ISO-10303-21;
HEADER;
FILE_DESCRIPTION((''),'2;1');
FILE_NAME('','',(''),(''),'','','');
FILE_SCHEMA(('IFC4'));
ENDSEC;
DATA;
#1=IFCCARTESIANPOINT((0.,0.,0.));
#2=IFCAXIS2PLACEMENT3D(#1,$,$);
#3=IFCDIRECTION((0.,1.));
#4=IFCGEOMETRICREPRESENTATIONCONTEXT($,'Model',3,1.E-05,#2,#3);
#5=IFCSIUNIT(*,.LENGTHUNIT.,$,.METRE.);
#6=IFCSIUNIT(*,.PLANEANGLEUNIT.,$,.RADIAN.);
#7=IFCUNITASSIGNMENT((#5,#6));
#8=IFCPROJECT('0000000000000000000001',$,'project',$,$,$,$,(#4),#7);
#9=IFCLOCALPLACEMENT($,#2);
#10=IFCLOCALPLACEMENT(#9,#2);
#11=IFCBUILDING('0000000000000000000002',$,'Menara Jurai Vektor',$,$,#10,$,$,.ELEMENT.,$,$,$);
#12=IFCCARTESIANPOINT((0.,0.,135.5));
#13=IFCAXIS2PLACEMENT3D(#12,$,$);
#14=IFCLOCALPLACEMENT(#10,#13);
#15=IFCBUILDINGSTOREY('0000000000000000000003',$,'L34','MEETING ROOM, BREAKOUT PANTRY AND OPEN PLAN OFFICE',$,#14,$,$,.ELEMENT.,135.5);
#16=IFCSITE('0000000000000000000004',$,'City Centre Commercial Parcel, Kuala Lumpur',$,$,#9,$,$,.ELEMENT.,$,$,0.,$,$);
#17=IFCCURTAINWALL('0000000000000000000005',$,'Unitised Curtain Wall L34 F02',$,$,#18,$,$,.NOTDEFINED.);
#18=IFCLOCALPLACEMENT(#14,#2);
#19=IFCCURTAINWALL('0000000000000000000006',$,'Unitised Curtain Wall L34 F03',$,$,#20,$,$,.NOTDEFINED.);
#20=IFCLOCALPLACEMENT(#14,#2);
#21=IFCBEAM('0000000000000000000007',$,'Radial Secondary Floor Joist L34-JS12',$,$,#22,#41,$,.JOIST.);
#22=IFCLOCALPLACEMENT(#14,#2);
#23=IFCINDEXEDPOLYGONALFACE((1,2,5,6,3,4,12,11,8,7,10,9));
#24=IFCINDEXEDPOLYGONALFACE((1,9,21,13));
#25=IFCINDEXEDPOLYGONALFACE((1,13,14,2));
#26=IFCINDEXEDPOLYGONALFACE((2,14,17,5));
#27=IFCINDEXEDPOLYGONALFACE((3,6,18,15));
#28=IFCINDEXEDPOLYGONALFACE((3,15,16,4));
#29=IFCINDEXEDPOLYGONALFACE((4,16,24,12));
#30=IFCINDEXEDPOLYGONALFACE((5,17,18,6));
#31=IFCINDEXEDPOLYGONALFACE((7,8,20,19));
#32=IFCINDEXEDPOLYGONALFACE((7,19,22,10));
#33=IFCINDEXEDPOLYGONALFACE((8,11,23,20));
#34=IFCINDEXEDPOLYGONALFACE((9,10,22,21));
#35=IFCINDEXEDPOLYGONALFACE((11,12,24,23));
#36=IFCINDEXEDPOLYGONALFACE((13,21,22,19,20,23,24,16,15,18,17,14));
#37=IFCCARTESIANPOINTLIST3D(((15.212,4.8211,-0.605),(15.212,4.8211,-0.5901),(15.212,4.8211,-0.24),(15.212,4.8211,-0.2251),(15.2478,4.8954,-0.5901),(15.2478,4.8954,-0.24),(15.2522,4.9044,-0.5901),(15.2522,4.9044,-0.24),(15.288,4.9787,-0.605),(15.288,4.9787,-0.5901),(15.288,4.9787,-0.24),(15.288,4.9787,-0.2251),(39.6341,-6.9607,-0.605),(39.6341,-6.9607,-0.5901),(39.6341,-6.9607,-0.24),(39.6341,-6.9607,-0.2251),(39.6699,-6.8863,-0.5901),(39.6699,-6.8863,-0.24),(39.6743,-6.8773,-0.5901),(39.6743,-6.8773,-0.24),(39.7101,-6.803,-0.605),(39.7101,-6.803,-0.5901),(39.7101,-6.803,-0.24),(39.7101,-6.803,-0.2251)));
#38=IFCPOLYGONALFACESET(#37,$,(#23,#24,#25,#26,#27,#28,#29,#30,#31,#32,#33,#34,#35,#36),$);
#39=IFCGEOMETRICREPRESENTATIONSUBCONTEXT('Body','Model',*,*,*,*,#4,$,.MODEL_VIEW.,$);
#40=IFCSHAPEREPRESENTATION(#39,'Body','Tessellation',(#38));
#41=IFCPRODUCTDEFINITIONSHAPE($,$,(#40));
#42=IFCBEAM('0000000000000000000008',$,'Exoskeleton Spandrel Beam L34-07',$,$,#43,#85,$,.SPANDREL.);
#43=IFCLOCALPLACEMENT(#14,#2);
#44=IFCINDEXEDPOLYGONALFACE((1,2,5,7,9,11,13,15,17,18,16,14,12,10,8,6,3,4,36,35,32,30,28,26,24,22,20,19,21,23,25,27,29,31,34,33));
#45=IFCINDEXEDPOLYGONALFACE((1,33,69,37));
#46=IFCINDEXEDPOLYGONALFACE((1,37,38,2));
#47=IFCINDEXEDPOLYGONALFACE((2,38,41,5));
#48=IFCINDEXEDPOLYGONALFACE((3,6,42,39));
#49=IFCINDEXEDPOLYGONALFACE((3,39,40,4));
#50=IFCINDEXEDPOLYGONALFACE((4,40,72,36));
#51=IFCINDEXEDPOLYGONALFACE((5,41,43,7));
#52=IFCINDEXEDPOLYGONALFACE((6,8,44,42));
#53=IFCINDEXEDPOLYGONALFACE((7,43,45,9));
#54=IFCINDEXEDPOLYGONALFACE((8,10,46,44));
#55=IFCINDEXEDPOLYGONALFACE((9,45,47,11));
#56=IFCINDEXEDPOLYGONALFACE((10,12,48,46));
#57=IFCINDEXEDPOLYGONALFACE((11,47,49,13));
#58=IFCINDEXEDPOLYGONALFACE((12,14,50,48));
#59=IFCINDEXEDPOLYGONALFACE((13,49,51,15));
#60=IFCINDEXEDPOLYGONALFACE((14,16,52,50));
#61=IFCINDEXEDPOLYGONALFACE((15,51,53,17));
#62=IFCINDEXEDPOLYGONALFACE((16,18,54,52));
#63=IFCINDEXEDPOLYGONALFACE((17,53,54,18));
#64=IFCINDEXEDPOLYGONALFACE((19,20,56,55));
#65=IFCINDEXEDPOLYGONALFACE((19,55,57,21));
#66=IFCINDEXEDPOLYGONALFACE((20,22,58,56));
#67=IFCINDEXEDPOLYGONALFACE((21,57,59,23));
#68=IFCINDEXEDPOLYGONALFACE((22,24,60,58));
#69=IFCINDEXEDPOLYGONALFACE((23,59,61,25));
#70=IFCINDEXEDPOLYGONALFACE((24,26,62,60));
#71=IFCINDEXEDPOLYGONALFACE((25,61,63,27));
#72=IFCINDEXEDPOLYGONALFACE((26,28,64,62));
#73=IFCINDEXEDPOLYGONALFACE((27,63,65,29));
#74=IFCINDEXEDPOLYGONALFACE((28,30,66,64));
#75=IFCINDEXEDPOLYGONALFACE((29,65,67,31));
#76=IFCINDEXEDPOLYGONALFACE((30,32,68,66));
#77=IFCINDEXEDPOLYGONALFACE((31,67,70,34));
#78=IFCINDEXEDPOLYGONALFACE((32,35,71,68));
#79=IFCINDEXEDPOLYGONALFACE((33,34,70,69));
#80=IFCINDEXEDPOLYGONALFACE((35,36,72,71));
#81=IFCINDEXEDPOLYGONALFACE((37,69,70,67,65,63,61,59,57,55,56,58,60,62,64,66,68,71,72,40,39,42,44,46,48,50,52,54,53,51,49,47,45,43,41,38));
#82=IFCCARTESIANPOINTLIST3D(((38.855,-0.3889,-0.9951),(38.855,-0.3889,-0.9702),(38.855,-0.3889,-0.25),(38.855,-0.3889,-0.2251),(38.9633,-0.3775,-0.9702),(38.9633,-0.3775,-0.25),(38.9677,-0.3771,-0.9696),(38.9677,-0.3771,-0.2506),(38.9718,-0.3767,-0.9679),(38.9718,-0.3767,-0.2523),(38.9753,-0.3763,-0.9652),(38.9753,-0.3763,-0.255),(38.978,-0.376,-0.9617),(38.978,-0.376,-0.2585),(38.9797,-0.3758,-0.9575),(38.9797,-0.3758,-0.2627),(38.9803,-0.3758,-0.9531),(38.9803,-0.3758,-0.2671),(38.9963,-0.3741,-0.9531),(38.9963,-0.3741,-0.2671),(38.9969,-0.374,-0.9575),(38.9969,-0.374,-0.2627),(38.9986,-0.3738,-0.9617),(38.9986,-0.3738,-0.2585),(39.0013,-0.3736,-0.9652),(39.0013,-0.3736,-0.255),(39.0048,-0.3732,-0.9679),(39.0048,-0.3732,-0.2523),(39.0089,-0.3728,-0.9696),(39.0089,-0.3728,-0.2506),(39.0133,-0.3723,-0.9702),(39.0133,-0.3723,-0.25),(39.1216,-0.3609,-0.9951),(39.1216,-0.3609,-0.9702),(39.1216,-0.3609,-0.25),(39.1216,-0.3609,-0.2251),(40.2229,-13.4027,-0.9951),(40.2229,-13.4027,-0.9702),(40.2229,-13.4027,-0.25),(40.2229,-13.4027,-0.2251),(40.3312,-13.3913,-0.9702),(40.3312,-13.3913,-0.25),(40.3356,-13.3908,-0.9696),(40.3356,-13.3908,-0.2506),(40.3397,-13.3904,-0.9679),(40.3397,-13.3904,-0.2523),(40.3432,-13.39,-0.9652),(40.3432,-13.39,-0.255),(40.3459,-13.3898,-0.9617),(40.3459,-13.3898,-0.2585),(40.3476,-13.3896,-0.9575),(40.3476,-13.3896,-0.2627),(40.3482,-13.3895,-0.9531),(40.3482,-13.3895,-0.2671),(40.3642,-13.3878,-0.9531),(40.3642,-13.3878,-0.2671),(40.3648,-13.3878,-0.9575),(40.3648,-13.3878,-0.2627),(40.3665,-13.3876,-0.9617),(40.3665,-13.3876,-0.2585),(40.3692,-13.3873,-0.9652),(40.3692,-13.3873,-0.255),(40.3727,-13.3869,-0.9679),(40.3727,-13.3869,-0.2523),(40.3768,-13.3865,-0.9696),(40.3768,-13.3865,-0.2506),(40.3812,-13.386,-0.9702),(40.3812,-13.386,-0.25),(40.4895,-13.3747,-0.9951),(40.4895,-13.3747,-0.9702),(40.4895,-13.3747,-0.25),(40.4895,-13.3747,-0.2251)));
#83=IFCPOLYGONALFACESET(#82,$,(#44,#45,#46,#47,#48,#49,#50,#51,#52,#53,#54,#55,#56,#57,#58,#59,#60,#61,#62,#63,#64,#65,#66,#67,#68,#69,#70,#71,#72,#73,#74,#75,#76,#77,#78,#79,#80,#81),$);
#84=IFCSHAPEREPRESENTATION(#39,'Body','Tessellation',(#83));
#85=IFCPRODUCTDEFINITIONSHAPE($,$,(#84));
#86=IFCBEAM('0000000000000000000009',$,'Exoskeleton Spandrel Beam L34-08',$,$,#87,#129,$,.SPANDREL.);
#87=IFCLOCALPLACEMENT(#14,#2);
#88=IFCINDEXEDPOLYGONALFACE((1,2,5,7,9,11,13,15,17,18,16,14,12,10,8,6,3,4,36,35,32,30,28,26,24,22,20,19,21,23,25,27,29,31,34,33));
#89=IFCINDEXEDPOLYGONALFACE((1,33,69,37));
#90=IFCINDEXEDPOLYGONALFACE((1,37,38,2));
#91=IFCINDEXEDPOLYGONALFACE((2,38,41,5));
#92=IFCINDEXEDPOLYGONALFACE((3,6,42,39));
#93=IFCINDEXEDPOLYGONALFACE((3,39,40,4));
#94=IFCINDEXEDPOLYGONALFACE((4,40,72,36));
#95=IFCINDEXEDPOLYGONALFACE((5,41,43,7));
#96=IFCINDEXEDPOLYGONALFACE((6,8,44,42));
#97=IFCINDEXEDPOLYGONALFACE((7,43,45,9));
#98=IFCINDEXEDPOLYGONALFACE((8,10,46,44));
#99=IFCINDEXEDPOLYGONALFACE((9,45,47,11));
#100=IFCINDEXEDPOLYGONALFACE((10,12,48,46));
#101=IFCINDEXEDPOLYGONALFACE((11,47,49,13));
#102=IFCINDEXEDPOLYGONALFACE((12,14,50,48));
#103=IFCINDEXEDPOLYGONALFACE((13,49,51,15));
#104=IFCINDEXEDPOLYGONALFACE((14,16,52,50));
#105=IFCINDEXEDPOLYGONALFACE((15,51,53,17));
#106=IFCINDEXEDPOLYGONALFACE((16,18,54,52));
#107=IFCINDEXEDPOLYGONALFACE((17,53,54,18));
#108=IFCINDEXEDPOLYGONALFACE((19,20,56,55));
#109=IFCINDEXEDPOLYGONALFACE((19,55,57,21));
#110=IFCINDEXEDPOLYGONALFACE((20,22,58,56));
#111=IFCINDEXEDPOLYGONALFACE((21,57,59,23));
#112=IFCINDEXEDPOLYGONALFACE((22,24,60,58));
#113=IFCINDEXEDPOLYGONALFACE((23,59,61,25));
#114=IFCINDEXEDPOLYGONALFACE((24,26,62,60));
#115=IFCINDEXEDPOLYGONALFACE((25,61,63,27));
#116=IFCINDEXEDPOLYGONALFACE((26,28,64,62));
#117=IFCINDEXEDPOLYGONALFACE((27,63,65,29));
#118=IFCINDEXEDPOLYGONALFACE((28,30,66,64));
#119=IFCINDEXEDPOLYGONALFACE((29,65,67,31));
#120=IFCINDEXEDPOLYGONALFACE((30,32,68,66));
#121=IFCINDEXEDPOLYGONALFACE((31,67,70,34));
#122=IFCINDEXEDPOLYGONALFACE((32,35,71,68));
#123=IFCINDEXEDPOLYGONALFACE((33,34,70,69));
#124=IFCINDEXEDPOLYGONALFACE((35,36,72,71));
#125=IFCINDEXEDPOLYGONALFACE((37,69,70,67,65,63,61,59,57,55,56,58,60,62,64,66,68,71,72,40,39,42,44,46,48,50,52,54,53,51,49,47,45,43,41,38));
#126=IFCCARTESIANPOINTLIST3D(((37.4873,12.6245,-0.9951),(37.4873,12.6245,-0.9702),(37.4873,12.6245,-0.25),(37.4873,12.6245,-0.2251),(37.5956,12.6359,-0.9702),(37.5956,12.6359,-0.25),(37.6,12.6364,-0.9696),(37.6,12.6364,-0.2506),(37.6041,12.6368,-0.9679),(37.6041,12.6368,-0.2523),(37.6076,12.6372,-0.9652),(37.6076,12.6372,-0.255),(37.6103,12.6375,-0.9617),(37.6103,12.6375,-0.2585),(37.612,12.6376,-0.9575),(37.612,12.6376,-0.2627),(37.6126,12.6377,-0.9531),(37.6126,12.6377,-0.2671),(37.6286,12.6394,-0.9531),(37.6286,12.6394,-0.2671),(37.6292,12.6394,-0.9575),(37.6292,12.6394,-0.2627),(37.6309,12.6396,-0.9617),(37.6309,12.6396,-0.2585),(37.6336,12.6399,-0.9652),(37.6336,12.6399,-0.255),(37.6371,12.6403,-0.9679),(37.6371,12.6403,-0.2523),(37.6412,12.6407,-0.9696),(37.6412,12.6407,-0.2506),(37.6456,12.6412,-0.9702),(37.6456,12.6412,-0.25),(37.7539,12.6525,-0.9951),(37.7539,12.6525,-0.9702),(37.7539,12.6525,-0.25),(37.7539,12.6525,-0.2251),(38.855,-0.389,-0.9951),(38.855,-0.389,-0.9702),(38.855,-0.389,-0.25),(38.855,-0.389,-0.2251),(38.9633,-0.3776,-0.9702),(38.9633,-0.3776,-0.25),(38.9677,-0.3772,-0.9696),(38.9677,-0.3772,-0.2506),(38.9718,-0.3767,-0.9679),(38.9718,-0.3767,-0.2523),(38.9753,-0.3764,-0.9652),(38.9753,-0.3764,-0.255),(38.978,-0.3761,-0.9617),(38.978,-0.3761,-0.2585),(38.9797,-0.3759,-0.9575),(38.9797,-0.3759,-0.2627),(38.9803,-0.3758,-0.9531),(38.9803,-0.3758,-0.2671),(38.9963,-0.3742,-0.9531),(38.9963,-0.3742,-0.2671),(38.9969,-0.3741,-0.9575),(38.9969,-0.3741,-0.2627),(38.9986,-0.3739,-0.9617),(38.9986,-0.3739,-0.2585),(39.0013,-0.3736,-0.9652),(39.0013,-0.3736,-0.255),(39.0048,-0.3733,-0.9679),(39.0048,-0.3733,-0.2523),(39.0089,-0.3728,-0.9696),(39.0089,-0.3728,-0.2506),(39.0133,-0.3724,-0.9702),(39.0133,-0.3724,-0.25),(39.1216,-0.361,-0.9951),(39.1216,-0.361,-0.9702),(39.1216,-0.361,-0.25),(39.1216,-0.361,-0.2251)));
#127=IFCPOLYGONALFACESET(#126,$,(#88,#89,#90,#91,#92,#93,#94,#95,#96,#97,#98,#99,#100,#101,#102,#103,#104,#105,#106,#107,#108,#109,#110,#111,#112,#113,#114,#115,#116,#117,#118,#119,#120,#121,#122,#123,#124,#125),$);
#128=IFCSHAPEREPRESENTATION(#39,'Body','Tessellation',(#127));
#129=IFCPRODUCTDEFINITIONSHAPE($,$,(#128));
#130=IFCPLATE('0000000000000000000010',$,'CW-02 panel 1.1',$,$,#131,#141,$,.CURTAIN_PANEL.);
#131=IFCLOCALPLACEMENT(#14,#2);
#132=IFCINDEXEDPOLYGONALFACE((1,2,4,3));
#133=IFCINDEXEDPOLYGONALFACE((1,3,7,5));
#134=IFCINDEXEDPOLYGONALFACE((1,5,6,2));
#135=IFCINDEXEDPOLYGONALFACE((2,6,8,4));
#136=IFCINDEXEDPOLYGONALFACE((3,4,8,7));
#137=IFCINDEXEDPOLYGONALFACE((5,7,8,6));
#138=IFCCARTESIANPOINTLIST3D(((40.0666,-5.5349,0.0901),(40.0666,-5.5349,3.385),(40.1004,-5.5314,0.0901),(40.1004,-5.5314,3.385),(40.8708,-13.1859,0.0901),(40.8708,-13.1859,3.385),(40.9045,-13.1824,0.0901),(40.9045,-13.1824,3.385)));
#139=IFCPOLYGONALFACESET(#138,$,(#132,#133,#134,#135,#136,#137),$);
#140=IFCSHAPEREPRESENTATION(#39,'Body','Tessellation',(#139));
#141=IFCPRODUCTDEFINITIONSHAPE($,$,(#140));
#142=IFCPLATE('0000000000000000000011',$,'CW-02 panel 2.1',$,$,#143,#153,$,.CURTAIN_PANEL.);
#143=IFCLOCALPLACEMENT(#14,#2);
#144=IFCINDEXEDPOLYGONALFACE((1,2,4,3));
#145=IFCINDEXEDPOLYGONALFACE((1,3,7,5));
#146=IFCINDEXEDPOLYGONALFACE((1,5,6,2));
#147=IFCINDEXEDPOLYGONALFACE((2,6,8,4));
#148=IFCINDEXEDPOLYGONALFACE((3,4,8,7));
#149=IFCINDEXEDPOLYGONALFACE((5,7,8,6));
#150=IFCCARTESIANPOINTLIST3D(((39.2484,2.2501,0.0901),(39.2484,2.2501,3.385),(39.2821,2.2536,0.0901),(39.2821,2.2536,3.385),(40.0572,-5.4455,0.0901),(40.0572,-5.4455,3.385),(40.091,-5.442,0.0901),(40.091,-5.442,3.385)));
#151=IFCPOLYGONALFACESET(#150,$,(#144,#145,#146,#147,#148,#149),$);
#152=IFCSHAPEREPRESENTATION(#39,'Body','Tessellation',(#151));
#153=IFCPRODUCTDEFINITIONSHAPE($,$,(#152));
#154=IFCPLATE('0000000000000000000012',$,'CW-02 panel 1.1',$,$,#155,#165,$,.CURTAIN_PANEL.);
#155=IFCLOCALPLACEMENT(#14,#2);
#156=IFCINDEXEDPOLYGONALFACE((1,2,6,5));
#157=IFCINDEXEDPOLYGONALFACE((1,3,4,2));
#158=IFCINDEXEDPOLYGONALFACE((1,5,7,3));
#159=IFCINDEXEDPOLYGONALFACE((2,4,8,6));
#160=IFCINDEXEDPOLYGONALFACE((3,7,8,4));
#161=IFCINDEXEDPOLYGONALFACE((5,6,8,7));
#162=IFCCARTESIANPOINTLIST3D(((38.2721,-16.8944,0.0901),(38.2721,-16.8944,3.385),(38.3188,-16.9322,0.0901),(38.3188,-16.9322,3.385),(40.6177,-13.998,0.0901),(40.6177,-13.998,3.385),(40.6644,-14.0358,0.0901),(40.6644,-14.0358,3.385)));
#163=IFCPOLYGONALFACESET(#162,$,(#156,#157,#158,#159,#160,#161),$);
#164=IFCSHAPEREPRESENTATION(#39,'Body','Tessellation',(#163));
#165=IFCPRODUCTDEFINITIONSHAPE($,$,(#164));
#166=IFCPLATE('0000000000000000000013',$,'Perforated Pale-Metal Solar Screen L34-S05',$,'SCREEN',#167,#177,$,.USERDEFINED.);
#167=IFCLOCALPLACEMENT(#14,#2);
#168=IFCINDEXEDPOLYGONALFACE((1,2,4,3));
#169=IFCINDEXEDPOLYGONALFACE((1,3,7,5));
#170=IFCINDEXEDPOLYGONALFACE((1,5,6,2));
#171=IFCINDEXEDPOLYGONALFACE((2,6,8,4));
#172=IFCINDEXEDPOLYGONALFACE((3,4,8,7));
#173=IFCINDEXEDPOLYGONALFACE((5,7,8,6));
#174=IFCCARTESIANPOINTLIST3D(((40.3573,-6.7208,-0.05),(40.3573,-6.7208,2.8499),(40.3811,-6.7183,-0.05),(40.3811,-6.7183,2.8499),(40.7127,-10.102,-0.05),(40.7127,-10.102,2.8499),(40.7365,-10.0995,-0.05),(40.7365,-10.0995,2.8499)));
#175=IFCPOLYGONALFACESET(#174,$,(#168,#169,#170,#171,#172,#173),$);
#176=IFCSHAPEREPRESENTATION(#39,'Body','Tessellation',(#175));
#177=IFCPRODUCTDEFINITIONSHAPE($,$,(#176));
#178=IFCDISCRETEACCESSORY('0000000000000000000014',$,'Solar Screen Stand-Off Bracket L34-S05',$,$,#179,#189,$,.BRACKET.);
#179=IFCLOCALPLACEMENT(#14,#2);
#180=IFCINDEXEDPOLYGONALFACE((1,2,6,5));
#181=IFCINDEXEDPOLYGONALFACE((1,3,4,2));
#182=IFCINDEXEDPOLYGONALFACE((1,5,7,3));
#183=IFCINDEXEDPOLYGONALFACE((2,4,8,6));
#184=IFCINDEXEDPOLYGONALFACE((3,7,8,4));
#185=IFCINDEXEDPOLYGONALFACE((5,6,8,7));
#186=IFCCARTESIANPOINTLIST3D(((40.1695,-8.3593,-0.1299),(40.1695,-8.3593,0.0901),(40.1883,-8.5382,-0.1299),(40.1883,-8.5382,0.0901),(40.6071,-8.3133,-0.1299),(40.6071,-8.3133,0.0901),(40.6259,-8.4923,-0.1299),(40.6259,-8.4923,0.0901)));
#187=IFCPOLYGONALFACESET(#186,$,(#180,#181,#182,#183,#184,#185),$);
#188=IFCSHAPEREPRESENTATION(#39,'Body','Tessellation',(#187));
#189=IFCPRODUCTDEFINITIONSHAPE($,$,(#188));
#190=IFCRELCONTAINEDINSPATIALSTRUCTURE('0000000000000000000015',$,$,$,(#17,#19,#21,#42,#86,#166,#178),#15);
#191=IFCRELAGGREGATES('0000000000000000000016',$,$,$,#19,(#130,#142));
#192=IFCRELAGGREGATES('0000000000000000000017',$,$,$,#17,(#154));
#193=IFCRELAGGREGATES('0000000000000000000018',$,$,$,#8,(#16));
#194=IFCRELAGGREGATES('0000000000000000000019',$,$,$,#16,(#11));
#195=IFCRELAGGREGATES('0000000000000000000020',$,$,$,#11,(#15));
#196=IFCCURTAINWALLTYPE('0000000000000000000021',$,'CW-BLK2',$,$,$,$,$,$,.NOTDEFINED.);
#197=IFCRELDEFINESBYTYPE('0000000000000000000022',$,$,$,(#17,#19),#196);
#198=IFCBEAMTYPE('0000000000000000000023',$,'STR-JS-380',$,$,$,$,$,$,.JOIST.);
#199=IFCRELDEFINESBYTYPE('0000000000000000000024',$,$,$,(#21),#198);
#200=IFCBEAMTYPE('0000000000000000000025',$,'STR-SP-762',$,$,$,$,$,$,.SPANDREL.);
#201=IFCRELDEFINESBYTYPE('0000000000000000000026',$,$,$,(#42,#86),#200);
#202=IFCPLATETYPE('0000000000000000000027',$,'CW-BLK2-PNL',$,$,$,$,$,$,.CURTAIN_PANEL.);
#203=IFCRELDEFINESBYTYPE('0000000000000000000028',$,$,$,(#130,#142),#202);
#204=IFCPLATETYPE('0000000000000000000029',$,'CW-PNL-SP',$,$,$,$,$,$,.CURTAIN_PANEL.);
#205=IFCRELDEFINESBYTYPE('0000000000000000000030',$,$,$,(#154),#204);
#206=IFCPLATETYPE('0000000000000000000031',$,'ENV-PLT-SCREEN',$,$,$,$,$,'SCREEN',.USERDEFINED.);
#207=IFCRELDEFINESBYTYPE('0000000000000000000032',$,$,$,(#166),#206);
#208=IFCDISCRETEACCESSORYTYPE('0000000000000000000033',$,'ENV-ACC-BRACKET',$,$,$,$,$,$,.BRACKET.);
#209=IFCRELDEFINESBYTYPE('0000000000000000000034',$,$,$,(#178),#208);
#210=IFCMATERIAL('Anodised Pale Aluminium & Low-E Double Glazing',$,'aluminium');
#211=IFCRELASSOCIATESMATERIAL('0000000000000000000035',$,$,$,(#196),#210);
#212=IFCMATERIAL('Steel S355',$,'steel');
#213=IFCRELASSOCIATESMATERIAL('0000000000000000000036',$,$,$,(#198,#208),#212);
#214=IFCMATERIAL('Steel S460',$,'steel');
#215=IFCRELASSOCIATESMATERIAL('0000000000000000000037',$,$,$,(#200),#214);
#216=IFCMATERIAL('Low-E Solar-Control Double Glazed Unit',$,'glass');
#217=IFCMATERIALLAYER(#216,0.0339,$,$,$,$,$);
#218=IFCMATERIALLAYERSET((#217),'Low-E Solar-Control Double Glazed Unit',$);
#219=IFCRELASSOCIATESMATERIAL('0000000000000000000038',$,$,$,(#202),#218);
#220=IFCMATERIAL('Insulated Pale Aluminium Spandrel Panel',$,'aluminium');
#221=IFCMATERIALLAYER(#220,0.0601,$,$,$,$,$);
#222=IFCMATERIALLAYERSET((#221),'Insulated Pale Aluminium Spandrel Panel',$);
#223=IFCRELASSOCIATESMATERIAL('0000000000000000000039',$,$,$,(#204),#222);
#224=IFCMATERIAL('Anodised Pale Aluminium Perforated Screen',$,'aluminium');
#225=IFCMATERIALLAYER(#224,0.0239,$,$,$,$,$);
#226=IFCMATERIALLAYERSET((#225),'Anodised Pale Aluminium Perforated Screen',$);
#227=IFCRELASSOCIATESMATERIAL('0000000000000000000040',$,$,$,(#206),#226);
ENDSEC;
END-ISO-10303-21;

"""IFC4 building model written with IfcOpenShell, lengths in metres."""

from ifc_helpers import new_model, si_unit, direction, frame, origin, origin_2d, place, context, subcontext, project, spatial, rectangle, i_section, extrude, material, layer, layer_set, material_profile, profile_set, type_object, element, aggregate, save


model = new_model("IFC4")

# Units and contexts
model_context = context("Model", 3, precision=1e-05, world=origin(), true_north=direction((0.0, 1.0)))
body_context = subcontext(model_context, "Body", "Model", "MODEL_VIEW")
ifc_project = project(units=[si_unit("LENGTHUNIT", "METRE"), si_unit("PLANEANGLEUNIT", "RADIAN")], contexts=[model_context])

# Site, building, storey
site_placement = place(None, origin())
site = spatial("IfcSite", under=ifc_project, at=site_placement, Name="City Centre Commercial Parcel, Kuala Lumpur", CompositionType="ELEMENT", RefElevation=0.0)
building_placement = place(site_placement, origin())
building = spatial("IfcBuilding", under=site, at=building_placement, Name="Menara Jurai Vektor", CompositionType="ELEMENT")
storey_placement = place(building_placement, frame((0.0, 0.0, 135.5)))
storey = spatial("IfcBuildingStorey", under=building, at=storey_placement, Name="L34", Description="MEETING ROOM, BREAKOUT PANTRY AND OPEN PLAN OFFICE", CompositionType="ELEMENT", Elevation=135.5)

# Shared definitions
ifc_material_1 = material(Name="Steel S460", Category="steel")

# Curtain wall
ifc_material_2 = material(Name="Anodised Pale Aluminium & Low-E Double Glazing", Category="aluminium")
curtain_wall_type = type_object("IfcCurtainWallType", Name="CW-BLK2", PredefinedType="NOTDEFINED", material=ifc_material_2)
curtain_wall_1_placement = place(storey_placement, origin())
curtain_wall_1 = element("IfcCurtainWall", 1, at=curtain_wall_1_placement, inside=storey, type_object=curtain_wall_type, Name="Unitised Curtain Wall L34 F02", PredefinedType="NOTDEFINED")

# Curtain wall
curtain_wall_2_placement = place(storey_placement, origin())
curtain_wall_2 = element("IfcCurtainWall", 2, at=curtain_wall_2_placement, inside=storey, type_object=curtain_wall_type, Name="Unitised Curtain Wall L34 F03", PredefinedType="NOTDEFINED")

# Shared definitions
ifc_material_3 = material(Name="Steel S355", Category="steel")

# Beams
ifc_material_profile_1 = material_profile(ifc_material_3, i_section(OverallWidth=0.175, OverallDepth=0.3799, WebThickness=0.01, FlangeThickness=0.0149, at=origin_2d()), Name="PG 380x175x58")
ifc_profile_set_1 = profile_set([ifc_material_profile_1], Name="Steel S355")
beam_type_1 = type_object("IfcBeamType", Name="STR-JS-380", PredefinedType="JOIST", material=ifc_profile_set_1)
beam_1_placement = place(storey_placement, frame((39.6721, -6.8818, -0.415), z_axis=(-0.900671, 0.434502, 0.0), x_axis=(-0.434502, -0.900671, 0.0)))
element("IfcBeam", 3, at=beam_1_placement, inside=storey, type_object=beam_type_1, Name="Radial Secondary Floor Joist L34-JS12", PredefinedType="JOIST", context=body_context, shape_type="SweptSolid", body=[
    extrude(i_section(OverallWidth=0.175, OverallDepth=0.3799, WebThickness=0.01, FlangeThickness=0.0149, at=origin_2d()), origin(), (0.0, 0.0, 1.0), 27.1155),
])
ifc_material_profile_2 = material_profile(ifc_material_1, i_section(OverallWidth=0.2681, OverallDepth=0.77, WebThickness=0.0161, FlangeThickness=0.0249, FilletRadius=0.0171, at=origin_2d()), Name="UKB 762x267x197")
ifc_profile_set_2 = profile_set([ifc_material_profile_2], Name="Steel S460")
beam_type_2 = type_object("IfcBeamType", Name="STR-SP-762", PredefinedType="SPANDREL", material=ifc_profile_set_2)
beam_2_placement = place(storey_placement, frame((40.3562, -13.3887, -0.6101), z_axis=(-0.104538, 0.994521, 0.0), x_axis=(-0.994521, -0.104538, 0.0)))
element("IfcBeam", 4, at=beam_2_placement, inside=storey, type_object=beam_type_2, Name="Exoskeleton Spandrel Beam L34-07", PredefinedType="SPANDREL", context=body_context, shape_type="SweptSolid", body=[
    extrude(i_section(OverallWidth=0.2681, OverallDepth=0.77, WebThickness=0.0161, FlangeThickness=0.0249, FilletRadius=0.0171, at=origin_2d()), origin(), (0.0, 0.0, 1.0), 13.0854),
])
beam_3_placement = place(storey_placement, frame((38.9883, -0.375, -0.6101), z_axis=(-0.104522, 0.994523, 0.0), x_axis=(-0.994523, -0.104522, 0.0)))
element("IfcBeam", 5, at=beam_3_placement, inside=storey, type_object=beam_type_2, Name="Exoskeleton Spandrel Beam L34-08", PredefinedType="SPANDREL", context=body_context, shape_type="SweptSolid", body=[
    extrude(i_section(OverallWidth=0.2681, OverallDepth=0.77, WebThickness=0.0161, FlangeThickness=0.0249, FilletRadius=0.0171, at=origin_2d()), origin(), (0.0, 0.0, 1.0), 13.0852),
])

# Plates
ifc_material_4 = material(Name="Low-E Solar-Control Double Glazed Unit", Category="glass")
ifc_layer_1 = layer(ifc_material_4, 0.0339)
ifc_layer_set_1 = layer_set([ifc_layer_1], Name="Low-E Solar-Control Double Glazed Unit")
plate_type_1 = type_object("IfcPlateType", Name="CW-BLK2-PNL", PredefinedType="CURTAIN_PANEL", material=ifc_layer_set_1)
plate_1_placement = place(storey_placement, frame((40.4856, -9.3586, 0.0901), z_axis=(0.0, 0.0, 1.0), x_axis=(-0.10453, 0.994522, 0.0)))
plate_1 = element("IfcPlate", 6, at=plate_1_placement, type_object=plate_type_1, Name="CW-02 panel 1.1", PredefinedType="CURTAIN_PANEL", context=body_context, shape_type="SweptSolid", body=[
    extrude(rectangle(XDim=7.6931, YDim=0.0339, at=origin_2d()), origin(), (0.0, 0.0, 1.0), 3.2949),
])
plate_2_placement = place(storey_placement, frame((39.6697, -1.5959, 0.0901), z_axis=(0.0, 0.0, 1.0), x_axis=(-0.10453, 0.994522, 0.0)))
plate_2 = element("IfcPlate", 7, at=plate_2_placement, type_object=plate_type_1, Name="CW-02 panel 2.1", PredefinedType="CURTAIN_PANEL", context=body_context, shape_type="SweptSolid", body=[
    extrude(rectangle(XDim=7.738, YDim=0.0339, at=origin_2d()), origin(), (0.0, 0.0, 1.0), 3.2949),
])
aggregate(curtain_wall_2, [plate_1, plate_2])
ifc_material_5 = material(Name="Insulated Pale Aluminium Spandrel Panel", Category="aluminium")
ifc_layer_2 = layer(ifc_material_5, 0.0601)
ifc_layer_set_2 = layer_set([ifc_layer_2], Name="Insulated Pale Aluminium Spandrel Panel")
plate_type_2 = type_object("IfcPlateType", Name="CW-PNL-SP", PredefinedType="CURTAIN_PANEL", material=ifc_layer_set_2)
plate_3_placement = place(storey_placement, frame((39.4683, -15.4651, 0.0901), z_axis=(0.0, 0.0, 1.0), x_axis=(0.629341, 0.777129, 0.0)))
plate_3 = element("IfcPlate", 8, at=plate_3_placement, type_object=plate_type_2, Name="CW-02 panel 1.1", PredefinedType="CURTAIN_PANEL", context=body_context, shape_type="SweptSolid", body=[
    extrude(rectangle(XDim=3.7271, YDim=0.0601, at=origin_2d()), origin(), (0.0, 0.0, 1.0), 3.2949),
])
aggregate(curtain_wall_1, [plate_3])
ifc_material_6 = material(Name="Anodised Pale Aluminium Perforated Screen", Category="aluminium")
ifc_layer_3 = layer(ifc_material_6, 0.0239)
ifc_layer_set_3 = layer_set([ifc_layer_3], Name="Anodised Pale Aluminium Perforated Screen")
plate_type_3 = type_object("IfcPlateType", Name="ENV-PLT-SCREEN", ElementType="SCREEN", PredefinedType="USERDEFINED", material=ifc_layer_set_3)
plate_4_placement = place(storey_placement, frame((40.5469, -8.4102, -0.05), z_axis=(0.0, 0.0, 1.0), x_axis=(-0.104528, 0.994522, 0.0)))
element("IfcPlate", 9, at=plate_4_placement, inside=storey, type_object=plate_type_3, Name="Perforated Pale-Metal Solar Screen L34-S05", ObjectType="SCREEN", PredefinedType="USERDEFINED", context=body_context, shape_type="SweptSolid", body=[
    extrude(rectangle(XDim=3.3999, YDim=0.0239, at=origin_2d()), origin(), (0.0, 0.0, 1.0), 2.8999),
])

# Discrete accessory
discrete_accessory_type = type_object("IfcDiscreteAccessoryType", Name="ENV-ACC-BRACKET", PredefinedType="BRACKET", material=ifc_material_3)
discrete_accessory_placement = place(storey_placement, frame((40.3977, -8.4258, -0.1299), z_axis=(0.0, 0.0, 1.0), x_axis=(-0.104528, 0.994522, 0.0)))
element("IfcDiscreteAccessory", 10, at=discrete_accessory_placement, inside=storey, type_object=discrete_accessory_type, Name="Solar Screen Stand-Off Bracket L34-S05", PredefinedType="BRACKET", context=body_context, shape_type="SweptSolid", body=[
    extrude(rectangle(XDim=0.1799, YDim=0.4399, at=origin_2d()), origin(), (0.0, 0.0, 1.0), 0.22),
])

save(model, "model.ifc")
